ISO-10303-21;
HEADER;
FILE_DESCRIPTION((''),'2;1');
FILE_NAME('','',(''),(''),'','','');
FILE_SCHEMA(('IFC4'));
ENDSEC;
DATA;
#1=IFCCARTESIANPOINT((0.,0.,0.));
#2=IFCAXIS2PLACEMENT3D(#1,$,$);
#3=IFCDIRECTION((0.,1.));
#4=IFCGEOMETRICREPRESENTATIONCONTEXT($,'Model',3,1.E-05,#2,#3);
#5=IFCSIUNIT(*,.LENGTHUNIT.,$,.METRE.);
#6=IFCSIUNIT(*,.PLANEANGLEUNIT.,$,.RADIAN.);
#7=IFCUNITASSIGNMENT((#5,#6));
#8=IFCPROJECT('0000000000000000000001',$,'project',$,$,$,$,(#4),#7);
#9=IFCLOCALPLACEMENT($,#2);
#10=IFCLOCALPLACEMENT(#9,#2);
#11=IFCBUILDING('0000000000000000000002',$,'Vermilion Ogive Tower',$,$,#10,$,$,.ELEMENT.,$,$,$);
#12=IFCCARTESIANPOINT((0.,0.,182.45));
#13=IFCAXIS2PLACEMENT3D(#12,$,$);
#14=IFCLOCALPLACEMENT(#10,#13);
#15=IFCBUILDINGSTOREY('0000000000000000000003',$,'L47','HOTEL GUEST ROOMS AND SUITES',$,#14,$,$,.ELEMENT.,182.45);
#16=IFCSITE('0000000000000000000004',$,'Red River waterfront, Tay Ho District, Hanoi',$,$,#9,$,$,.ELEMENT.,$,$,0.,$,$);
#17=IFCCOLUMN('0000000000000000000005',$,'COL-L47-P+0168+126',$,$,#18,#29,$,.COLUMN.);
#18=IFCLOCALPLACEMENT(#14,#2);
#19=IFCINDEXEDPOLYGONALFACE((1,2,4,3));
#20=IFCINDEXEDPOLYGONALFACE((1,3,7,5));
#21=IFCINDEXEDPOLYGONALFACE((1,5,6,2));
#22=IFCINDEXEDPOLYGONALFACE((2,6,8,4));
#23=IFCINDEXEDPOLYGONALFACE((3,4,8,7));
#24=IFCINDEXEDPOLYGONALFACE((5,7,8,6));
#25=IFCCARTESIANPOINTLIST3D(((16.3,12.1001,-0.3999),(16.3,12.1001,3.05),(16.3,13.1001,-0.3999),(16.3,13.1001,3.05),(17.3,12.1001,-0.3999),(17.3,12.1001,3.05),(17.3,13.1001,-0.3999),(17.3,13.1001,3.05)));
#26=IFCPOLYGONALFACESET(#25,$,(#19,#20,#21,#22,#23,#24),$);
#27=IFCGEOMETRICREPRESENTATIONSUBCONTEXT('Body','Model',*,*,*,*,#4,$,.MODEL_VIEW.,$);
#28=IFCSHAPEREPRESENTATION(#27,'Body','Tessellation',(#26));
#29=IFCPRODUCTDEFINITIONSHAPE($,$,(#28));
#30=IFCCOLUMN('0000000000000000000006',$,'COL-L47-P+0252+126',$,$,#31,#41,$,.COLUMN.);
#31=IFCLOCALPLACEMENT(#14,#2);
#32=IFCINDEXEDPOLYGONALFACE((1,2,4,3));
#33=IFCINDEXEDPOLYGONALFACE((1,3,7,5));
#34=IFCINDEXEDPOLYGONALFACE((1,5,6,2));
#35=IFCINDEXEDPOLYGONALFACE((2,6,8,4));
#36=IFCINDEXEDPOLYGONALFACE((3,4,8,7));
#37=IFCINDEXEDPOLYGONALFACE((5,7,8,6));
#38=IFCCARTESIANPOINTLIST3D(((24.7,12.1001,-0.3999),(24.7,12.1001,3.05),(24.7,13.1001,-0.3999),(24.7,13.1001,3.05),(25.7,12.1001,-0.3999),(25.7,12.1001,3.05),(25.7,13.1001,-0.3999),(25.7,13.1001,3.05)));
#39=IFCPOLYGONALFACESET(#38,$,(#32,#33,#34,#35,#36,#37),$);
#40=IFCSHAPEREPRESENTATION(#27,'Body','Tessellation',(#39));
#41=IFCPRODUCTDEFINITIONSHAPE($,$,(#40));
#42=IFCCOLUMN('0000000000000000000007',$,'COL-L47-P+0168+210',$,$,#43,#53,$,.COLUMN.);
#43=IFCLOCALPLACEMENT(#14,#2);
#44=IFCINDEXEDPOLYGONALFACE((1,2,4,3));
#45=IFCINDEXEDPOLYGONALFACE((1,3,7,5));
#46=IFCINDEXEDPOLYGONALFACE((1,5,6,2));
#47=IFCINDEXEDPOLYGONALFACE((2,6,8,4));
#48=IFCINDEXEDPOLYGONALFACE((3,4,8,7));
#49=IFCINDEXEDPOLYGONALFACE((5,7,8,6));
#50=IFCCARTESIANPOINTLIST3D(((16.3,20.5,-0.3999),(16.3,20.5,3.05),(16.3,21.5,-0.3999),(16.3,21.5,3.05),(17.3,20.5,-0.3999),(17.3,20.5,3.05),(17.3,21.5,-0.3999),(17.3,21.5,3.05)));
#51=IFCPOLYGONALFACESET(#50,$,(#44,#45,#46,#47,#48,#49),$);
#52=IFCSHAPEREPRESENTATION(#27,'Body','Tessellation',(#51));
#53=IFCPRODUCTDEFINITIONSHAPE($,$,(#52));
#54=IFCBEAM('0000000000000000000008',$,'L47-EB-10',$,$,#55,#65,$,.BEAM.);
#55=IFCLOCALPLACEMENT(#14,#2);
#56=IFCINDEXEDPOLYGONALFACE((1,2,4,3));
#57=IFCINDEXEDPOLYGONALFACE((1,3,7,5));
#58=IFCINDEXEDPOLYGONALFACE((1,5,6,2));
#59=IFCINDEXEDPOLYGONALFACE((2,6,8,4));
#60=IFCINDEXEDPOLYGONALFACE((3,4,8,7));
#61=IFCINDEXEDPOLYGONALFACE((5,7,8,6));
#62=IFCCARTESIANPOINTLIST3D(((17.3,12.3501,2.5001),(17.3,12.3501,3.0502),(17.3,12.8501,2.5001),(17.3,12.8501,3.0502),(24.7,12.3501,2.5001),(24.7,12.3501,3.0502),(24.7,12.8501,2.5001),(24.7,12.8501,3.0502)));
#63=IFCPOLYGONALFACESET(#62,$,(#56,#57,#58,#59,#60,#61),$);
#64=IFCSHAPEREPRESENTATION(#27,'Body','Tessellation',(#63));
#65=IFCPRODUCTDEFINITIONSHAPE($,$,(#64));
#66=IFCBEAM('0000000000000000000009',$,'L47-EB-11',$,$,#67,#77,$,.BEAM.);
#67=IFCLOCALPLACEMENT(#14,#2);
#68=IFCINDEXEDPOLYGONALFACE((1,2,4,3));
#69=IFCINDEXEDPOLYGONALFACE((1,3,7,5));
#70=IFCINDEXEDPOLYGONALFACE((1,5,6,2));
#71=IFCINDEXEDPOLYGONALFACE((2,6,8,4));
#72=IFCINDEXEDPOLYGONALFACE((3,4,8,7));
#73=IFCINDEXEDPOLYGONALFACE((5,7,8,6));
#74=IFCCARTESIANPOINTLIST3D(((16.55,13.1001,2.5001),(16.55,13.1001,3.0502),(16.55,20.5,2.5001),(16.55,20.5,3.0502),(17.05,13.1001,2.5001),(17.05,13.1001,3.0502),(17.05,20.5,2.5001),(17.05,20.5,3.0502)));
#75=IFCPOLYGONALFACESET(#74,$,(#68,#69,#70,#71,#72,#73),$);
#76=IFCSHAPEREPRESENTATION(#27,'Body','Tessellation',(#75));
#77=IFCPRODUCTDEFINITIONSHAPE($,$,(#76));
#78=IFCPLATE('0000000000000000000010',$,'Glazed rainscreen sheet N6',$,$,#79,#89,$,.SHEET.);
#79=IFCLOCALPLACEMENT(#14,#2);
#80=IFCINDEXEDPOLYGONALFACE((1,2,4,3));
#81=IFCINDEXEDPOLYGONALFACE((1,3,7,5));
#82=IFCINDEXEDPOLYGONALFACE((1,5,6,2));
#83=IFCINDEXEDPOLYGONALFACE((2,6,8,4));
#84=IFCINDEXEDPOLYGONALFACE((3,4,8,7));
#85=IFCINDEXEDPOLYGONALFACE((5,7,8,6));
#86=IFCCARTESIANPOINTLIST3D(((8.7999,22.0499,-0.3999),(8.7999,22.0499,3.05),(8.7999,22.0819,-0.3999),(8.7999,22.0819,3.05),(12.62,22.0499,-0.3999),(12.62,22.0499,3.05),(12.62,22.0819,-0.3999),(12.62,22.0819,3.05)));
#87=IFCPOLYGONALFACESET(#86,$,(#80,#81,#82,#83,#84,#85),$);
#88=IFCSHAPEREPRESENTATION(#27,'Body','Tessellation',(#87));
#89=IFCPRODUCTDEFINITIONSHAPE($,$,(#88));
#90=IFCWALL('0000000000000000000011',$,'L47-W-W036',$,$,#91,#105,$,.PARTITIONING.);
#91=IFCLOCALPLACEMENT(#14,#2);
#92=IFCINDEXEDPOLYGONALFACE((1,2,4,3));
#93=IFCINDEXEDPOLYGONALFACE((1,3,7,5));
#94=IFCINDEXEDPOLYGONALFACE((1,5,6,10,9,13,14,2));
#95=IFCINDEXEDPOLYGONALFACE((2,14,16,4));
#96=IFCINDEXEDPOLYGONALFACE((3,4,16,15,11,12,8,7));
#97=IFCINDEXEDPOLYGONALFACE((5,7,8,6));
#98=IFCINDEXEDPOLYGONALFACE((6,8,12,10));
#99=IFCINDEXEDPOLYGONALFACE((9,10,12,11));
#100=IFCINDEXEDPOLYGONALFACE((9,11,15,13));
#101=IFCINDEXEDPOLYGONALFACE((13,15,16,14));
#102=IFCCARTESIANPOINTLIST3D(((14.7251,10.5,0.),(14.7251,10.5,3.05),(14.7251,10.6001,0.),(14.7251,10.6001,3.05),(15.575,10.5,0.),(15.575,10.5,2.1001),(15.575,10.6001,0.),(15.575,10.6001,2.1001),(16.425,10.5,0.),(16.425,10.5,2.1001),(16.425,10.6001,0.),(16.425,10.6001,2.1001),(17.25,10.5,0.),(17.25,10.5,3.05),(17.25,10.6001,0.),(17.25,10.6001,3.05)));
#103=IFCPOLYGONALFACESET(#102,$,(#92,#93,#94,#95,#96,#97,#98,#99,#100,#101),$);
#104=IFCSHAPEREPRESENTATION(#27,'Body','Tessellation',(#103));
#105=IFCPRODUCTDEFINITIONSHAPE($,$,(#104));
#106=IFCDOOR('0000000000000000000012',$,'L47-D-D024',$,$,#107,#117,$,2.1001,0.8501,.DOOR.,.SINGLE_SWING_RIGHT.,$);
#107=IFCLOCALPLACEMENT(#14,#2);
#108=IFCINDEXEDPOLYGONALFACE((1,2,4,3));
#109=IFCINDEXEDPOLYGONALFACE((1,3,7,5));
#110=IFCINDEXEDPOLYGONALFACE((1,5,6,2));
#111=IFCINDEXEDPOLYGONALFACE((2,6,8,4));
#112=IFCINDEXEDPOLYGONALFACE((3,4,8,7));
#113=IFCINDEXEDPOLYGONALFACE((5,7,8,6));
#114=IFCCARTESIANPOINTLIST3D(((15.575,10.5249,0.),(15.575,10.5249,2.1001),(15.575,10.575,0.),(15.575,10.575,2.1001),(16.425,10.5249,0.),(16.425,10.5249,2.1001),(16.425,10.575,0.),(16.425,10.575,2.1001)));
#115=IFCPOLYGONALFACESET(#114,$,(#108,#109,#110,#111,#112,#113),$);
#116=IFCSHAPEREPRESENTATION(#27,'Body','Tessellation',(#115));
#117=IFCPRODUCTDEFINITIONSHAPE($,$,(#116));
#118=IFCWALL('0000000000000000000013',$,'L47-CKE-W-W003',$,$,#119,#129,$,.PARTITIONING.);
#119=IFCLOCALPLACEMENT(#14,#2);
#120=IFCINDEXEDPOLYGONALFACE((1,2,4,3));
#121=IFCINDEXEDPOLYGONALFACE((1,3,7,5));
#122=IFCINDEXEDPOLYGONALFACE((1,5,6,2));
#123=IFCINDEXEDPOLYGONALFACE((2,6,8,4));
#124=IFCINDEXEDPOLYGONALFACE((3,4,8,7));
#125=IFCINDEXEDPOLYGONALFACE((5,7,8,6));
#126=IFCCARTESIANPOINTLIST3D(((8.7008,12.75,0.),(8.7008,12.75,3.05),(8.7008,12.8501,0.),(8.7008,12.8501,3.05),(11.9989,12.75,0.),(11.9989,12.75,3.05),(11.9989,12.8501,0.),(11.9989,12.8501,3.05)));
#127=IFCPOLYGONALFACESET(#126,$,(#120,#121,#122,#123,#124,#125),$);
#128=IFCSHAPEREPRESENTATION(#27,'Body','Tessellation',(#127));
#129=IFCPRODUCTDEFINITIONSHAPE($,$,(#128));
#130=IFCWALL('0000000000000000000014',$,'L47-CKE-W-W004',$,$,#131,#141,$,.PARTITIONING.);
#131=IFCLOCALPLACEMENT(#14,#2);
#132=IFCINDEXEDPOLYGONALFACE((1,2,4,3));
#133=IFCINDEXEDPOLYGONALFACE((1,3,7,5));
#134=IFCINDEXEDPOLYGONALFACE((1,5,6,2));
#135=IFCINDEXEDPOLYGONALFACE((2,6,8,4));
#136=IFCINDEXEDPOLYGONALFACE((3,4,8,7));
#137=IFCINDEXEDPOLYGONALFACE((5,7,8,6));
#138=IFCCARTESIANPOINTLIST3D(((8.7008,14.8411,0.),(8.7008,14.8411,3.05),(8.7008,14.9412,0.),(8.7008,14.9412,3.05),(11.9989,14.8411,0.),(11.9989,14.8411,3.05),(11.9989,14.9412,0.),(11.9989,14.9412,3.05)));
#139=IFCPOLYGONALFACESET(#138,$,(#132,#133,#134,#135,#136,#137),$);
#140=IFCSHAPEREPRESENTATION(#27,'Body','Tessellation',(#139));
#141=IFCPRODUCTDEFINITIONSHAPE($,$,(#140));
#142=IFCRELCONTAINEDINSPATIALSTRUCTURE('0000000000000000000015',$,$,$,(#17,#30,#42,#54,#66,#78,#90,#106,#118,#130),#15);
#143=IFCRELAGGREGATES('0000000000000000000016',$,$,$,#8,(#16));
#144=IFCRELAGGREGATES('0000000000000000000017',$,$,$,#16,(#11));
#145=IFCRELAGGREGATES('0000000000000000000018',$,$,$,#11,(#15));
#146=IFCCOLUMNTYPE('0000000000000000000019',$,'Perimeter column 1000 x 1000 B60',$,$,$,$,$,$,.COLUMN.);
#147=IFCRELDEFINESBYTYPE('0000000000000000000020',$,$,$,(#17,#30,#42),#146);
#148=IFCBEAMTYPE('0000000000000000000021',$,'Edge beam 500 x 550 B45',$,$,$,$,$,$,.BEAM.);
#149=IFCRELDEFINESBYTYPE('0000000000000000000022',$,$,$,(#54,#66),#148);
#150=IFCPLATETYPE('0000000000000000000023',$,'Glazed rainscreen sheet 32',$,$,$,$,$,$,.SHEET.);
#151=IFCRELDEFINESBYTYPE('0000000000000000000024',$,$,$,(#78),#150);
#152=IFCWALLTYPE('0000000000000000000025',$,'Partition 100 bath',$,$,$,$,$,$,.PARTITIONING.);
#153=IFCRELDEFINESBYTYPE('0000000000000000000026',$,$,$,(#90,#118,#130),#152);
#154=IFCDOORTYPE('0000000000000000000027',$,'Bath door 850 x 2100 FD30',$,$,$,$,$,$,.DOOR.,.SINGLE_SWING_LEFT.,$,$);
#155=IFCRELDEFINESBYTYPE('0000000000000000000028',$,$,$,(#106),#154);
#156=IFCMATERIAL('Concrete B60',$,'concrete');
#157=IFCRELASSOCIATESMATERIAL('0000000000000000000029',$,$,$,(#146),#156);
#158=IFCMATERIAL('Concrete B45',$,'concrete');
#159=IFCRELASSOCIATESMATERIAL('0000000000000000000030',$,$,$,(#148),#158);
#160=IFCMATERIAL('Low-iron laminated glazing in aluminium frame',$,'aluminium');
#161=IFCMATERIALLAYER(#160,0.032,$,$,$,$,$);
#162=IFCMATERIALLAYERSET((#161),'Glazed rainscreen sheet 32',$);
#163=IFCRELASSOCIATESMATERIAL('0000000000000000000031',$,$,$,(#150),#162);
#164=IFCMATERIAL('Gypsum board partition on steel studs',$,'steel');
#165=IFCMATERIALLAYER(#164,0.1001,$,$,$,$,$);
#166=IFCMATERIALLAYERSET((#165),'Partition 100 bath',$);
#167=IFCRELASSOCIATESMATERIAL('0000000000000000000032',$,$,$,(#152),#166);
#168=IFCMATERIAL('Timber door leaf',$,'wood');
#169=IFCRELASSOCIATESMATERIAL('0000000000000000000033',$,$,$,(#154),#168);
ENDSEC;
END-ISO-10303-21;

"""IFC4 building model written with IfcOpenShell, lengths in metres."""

from ifc_helpers import new_model, si_unit, direction, frame, frame_2d, origin, origin_2d, place, context, subcontext, project, spatial, rectangle, extrude, material, layer, layer_set, material_profile, profile_set, type_object, element, fill, save


model = new_model("IFC4")

# Units and contexts
model_context = context("Model", 3, precision=1e-05, world=origin(), true_north=direction((0.0, 1.0)))
body_context = subcontext(model_context, "Body", "Model", "MODEL_VIEW")
ifc_project = project(units=[si_unit("LENGTHUNIT", "METRE"), si_unit("PLANEANGLEUNIT", "RADIAN")], contexts=[model_context])

# Site, building, storey
site_placement = place(None, origin())
site = spatial("IfcSite", under=ifc_project, at=site_placement, Name="Red River waterfront, Tay Ho District, Hanoi", CompositionType="ELEMENT", RefElevation=0.0)
building_placement = place(site_placement, origin())
building = spatial("IfcBuilding", under=site, at=building_placement, Name="Vermilion Ogive Tower", CompositionType="ELEMENT")
storey_placement = place(building_placement, frame((0.0, 0.0, 182.45)))
storey = spatial("IfcBuildingStorey", under=building, at=storey_placement, Name="L47", Description="HOTEL GUEST ROOMS AND SUITES", CompositionType="ELEMENT", Elevation=182.45)

# Columns
ifc_material_1 = material(Name="Concrete B60", Category="concrete")
ifc_material_profile_1 = material_profile(ifc_material_1, rectangle(XDim=1.0, YDim=1.0, at=origin_2d()), Name="1000 x 1000")
ifc_profile_set_1 = profile_set([ifc_material_profile_1], Name="Concrete B60")
column_type = type_object("IfcColumnType", Name="Perimeter column 1000 x 1000 B60", PredefinedType="COLUMN", material=ifc_profile_set_1)
for number, where, z_axis, x_axis, name in (
    (1, (16.8, 12.6001, -0.3999), (0.0, 0.0, 1.0), (1.0, 0.0, 0.0), "COL-L47-P+0168+126"),
    (2, (25.2, 12.6001, -0.3999), (0.0, 0.0, 1.0), (1.0, 0.0, 0.0), "COL-L47-P+0252+126"),
    (3, (16.8, 21.0, -0.3999), (0.0, 0.0, 1.0), (1.0, 0.0, 0.0), "COL-L47-P+0168+210"),
):
    element("IfcColumn", number, at=place(storey_placement, frame(where, z_axis=z_axis, x_axis=x_axis)), inside=storey, type_object=column_type, Name=name, PredefinedType="COLUMN", context=body_context, shape_type="SweptSolid", body=[
        extrude(rectangle(XDim=1.0, YDim=1.0, at=origin_2d()), origin(), (0.0, 0.0, 1.0), 3.45),
    ])

# Beams
ifc_material_2 = material(Name="Concrete B45", Category="concrete")
ifc_material_profile_2 = material_profile(ifc_material_2, rectangle(XDim=0.5, YDim=0.55, at=origin_2d()), Name="500 x 550")
ifc_profile_set_2 = profile_set([ifc_material_profile_2], Name="Concrete B45")
beam_type = type_object("IfcBeamType", Name="Edge beam 500 x 550 B45", PredefinedType="BEAM", material=ifc_profile_set_2)
for number, where, z_axis, x_axis, name in (
    (4, (24.7, 12.6001, 2.7751), (-1.0, 0.0, 0.0), (0.0, -1.0, 0.0), "L47-EB-10"),
    (5, (16.8, 13.1001, 2.7751), (0.0, 1.0, 0.0), (-1.0, 0.0, 0.0), "L47-EB-11"),
):
    element("IfcBeam", number, at=place(storey_placement, frame(where, z_axis=z_axis, x_axis=x_axis)), inside=storey, type_object=beam_type, Name=name, PredefinedType="BEAM", context=body_context, shape_type="SweptSolid", body=[
        extrude(rectangle(XDim=0.5, YDim=0.55, at=origin_2d()), origin(), (0.0, 0.0, 1.0), 7.3999),
    ])

# Plate
ifc_material_3 = material(Name="Low-iron laminated glazing in aluminium frame", Category="aluminium")
ifc_layer_1 = layer(ifc_material_3, 0.032)
ifc_layer_set_1 = layer_set([ifc_layer_1], Name="Glazed rainscreen sheet 32")
plate_type = type_object("IfcPlateType", Name="Glazed rainscreen sheet 32", PredefinedType="SHEET", material=ifc_layer_set_1)
plate_placement = place(storey_placement, frame((10.71, 22.0659, -0.3999), z_axis=(0.0, 0.0, 1.0), x_axis=(1.0, 0.0, 0.0)))
element("IfcPlate", 6, at=plate_placement, inside=storey, type_object=plate_type, Name="Glazed rainscreen sheet N6", PredefinedType="SHEET", context=body_context, shape_type="SweptSolid", body=[
    extrude(rectangle(XDim=3.8201, YDim=0.032, at=origin_2d()), origin(), (0.0, 0.0, 1.0), 3.45),
])

# Wall, opening, door
ifc_material_4 = material(Name="Gypsum board partition on steel studs", Category="steel")
ifc_layer_2 = layer(ifc_material_4, 0.1001)
ifc_layer_set_2 = layer_set([ifc_layer_2], Name="Partition 100 bath")
wall_type_1 = type_object("IfcWallType", Name="Partition 100 bath", PredefinedType="PARTITIONING", material=ifc_layer_set_2)
wall_1_placement = place(storey_placement, frame((14.7251, 10.55, 0.0), z_axis=(0.0, 0.0, 1.0), x_axis=(1.0, 0.0, 0.0)))
wall_1 = element("IfcWall", 7, at=wall_1_placement, inside=storey, type_object=wall_type_1, Name="L47-W-W036", PredefinedType="PARTITIONING", context=body_context, shape_type="SweptSolid", body=[
    extrude(rectangle(XDim=2.5249, YDim=0.1001, at=frame_2d((1.2625, 0.0))), origin(), (0.0, 0.0, 1.0), 3.05),
])
opening_1_placement = place(wall_1_placement, frame((0.8499, 0.0, 0.0)))
opening_1 = element("IfcOpeningElement", 8, at=opening_1_placement, cuts=wall_1, PredefinedType="OPENING", context=body_context, shape_type="SweptSolid", body=[
    extrude(rectangle(XDim=0.8501, YDim=2.1001, at=frame_2d((0.425, 1.05))), frame((0.0, 0.0601, 0.0), z_axis=(0.0, -1.0, 0.0), x_axis=(1.0, 0.0, 0.0)), (0.0, 0.0, 1.0), 0.1201),
])
ifc_material_5 = material(Name="Timber door leaf", Category="wood")
door_type_1 = type_object("IfcDoorType", Name="Bath door 850 x 2100 FD30", OperationType="SINGLE_SWING_LEFT", PredefinedType="DOOR", material=ifc_material_5)
door_1_placement = place(opening_1_placement, origin())
door_1 = element("IfcDoor", 9, at=door_1_placement, inside=storey, type_object=door_type_1, Name="L47-D-D024", OperationType="SINGLE_SWING_RIGHT", OverallHeight=2.1001, OverallWidth=0.8501, PredefinedType="DOOR", context=body_context, shape_type="SweptSolid", body=[
    extrude(rectangle(XDim=0.8501, YDim=2.1001, at=frame_2d((0.425, 1.05))), frame((0.0, 0.0249, 0.0), z_axis=(0.0, -1.0, 0.0), x_axis=(1.0, 0.0, 0.0)), (0.0, 0.0, 1.0), 0.05),
])
fill(opening_1, door_1)

# Walls
for number, where, z_axis, x_axis, name in (
    (10, (8.7009, 12.8, 0.0), (0.0, 0.0, 1.0), (1.0, 0.0, 0.0), "L47-CKE-W-W003"),
    (11, (8.7009, 14.8911, 0.0), (0.0, 0.0, 1.0), (1.0, 0.0, 0.0), "L47-CKE-W-W004"),
):
    element("IfcWall", number, at=place(storey_placement, frame(where, z_axis=z_axis, x_axis=x_axis)), inside=storey, type_object=wall_type_1, Name=name, PredefinedType="PARTITIONING", context=body_context, shape_type="SweptSolid", body=[
        extrude(rectangle(XDim=3.2981, YDim=0.1001, at=frame_2d((1.6489, 0.0))), origin(), (0.0, 0.0, 1.0), 3.05),
    ])

save(model, "model.ifc")
